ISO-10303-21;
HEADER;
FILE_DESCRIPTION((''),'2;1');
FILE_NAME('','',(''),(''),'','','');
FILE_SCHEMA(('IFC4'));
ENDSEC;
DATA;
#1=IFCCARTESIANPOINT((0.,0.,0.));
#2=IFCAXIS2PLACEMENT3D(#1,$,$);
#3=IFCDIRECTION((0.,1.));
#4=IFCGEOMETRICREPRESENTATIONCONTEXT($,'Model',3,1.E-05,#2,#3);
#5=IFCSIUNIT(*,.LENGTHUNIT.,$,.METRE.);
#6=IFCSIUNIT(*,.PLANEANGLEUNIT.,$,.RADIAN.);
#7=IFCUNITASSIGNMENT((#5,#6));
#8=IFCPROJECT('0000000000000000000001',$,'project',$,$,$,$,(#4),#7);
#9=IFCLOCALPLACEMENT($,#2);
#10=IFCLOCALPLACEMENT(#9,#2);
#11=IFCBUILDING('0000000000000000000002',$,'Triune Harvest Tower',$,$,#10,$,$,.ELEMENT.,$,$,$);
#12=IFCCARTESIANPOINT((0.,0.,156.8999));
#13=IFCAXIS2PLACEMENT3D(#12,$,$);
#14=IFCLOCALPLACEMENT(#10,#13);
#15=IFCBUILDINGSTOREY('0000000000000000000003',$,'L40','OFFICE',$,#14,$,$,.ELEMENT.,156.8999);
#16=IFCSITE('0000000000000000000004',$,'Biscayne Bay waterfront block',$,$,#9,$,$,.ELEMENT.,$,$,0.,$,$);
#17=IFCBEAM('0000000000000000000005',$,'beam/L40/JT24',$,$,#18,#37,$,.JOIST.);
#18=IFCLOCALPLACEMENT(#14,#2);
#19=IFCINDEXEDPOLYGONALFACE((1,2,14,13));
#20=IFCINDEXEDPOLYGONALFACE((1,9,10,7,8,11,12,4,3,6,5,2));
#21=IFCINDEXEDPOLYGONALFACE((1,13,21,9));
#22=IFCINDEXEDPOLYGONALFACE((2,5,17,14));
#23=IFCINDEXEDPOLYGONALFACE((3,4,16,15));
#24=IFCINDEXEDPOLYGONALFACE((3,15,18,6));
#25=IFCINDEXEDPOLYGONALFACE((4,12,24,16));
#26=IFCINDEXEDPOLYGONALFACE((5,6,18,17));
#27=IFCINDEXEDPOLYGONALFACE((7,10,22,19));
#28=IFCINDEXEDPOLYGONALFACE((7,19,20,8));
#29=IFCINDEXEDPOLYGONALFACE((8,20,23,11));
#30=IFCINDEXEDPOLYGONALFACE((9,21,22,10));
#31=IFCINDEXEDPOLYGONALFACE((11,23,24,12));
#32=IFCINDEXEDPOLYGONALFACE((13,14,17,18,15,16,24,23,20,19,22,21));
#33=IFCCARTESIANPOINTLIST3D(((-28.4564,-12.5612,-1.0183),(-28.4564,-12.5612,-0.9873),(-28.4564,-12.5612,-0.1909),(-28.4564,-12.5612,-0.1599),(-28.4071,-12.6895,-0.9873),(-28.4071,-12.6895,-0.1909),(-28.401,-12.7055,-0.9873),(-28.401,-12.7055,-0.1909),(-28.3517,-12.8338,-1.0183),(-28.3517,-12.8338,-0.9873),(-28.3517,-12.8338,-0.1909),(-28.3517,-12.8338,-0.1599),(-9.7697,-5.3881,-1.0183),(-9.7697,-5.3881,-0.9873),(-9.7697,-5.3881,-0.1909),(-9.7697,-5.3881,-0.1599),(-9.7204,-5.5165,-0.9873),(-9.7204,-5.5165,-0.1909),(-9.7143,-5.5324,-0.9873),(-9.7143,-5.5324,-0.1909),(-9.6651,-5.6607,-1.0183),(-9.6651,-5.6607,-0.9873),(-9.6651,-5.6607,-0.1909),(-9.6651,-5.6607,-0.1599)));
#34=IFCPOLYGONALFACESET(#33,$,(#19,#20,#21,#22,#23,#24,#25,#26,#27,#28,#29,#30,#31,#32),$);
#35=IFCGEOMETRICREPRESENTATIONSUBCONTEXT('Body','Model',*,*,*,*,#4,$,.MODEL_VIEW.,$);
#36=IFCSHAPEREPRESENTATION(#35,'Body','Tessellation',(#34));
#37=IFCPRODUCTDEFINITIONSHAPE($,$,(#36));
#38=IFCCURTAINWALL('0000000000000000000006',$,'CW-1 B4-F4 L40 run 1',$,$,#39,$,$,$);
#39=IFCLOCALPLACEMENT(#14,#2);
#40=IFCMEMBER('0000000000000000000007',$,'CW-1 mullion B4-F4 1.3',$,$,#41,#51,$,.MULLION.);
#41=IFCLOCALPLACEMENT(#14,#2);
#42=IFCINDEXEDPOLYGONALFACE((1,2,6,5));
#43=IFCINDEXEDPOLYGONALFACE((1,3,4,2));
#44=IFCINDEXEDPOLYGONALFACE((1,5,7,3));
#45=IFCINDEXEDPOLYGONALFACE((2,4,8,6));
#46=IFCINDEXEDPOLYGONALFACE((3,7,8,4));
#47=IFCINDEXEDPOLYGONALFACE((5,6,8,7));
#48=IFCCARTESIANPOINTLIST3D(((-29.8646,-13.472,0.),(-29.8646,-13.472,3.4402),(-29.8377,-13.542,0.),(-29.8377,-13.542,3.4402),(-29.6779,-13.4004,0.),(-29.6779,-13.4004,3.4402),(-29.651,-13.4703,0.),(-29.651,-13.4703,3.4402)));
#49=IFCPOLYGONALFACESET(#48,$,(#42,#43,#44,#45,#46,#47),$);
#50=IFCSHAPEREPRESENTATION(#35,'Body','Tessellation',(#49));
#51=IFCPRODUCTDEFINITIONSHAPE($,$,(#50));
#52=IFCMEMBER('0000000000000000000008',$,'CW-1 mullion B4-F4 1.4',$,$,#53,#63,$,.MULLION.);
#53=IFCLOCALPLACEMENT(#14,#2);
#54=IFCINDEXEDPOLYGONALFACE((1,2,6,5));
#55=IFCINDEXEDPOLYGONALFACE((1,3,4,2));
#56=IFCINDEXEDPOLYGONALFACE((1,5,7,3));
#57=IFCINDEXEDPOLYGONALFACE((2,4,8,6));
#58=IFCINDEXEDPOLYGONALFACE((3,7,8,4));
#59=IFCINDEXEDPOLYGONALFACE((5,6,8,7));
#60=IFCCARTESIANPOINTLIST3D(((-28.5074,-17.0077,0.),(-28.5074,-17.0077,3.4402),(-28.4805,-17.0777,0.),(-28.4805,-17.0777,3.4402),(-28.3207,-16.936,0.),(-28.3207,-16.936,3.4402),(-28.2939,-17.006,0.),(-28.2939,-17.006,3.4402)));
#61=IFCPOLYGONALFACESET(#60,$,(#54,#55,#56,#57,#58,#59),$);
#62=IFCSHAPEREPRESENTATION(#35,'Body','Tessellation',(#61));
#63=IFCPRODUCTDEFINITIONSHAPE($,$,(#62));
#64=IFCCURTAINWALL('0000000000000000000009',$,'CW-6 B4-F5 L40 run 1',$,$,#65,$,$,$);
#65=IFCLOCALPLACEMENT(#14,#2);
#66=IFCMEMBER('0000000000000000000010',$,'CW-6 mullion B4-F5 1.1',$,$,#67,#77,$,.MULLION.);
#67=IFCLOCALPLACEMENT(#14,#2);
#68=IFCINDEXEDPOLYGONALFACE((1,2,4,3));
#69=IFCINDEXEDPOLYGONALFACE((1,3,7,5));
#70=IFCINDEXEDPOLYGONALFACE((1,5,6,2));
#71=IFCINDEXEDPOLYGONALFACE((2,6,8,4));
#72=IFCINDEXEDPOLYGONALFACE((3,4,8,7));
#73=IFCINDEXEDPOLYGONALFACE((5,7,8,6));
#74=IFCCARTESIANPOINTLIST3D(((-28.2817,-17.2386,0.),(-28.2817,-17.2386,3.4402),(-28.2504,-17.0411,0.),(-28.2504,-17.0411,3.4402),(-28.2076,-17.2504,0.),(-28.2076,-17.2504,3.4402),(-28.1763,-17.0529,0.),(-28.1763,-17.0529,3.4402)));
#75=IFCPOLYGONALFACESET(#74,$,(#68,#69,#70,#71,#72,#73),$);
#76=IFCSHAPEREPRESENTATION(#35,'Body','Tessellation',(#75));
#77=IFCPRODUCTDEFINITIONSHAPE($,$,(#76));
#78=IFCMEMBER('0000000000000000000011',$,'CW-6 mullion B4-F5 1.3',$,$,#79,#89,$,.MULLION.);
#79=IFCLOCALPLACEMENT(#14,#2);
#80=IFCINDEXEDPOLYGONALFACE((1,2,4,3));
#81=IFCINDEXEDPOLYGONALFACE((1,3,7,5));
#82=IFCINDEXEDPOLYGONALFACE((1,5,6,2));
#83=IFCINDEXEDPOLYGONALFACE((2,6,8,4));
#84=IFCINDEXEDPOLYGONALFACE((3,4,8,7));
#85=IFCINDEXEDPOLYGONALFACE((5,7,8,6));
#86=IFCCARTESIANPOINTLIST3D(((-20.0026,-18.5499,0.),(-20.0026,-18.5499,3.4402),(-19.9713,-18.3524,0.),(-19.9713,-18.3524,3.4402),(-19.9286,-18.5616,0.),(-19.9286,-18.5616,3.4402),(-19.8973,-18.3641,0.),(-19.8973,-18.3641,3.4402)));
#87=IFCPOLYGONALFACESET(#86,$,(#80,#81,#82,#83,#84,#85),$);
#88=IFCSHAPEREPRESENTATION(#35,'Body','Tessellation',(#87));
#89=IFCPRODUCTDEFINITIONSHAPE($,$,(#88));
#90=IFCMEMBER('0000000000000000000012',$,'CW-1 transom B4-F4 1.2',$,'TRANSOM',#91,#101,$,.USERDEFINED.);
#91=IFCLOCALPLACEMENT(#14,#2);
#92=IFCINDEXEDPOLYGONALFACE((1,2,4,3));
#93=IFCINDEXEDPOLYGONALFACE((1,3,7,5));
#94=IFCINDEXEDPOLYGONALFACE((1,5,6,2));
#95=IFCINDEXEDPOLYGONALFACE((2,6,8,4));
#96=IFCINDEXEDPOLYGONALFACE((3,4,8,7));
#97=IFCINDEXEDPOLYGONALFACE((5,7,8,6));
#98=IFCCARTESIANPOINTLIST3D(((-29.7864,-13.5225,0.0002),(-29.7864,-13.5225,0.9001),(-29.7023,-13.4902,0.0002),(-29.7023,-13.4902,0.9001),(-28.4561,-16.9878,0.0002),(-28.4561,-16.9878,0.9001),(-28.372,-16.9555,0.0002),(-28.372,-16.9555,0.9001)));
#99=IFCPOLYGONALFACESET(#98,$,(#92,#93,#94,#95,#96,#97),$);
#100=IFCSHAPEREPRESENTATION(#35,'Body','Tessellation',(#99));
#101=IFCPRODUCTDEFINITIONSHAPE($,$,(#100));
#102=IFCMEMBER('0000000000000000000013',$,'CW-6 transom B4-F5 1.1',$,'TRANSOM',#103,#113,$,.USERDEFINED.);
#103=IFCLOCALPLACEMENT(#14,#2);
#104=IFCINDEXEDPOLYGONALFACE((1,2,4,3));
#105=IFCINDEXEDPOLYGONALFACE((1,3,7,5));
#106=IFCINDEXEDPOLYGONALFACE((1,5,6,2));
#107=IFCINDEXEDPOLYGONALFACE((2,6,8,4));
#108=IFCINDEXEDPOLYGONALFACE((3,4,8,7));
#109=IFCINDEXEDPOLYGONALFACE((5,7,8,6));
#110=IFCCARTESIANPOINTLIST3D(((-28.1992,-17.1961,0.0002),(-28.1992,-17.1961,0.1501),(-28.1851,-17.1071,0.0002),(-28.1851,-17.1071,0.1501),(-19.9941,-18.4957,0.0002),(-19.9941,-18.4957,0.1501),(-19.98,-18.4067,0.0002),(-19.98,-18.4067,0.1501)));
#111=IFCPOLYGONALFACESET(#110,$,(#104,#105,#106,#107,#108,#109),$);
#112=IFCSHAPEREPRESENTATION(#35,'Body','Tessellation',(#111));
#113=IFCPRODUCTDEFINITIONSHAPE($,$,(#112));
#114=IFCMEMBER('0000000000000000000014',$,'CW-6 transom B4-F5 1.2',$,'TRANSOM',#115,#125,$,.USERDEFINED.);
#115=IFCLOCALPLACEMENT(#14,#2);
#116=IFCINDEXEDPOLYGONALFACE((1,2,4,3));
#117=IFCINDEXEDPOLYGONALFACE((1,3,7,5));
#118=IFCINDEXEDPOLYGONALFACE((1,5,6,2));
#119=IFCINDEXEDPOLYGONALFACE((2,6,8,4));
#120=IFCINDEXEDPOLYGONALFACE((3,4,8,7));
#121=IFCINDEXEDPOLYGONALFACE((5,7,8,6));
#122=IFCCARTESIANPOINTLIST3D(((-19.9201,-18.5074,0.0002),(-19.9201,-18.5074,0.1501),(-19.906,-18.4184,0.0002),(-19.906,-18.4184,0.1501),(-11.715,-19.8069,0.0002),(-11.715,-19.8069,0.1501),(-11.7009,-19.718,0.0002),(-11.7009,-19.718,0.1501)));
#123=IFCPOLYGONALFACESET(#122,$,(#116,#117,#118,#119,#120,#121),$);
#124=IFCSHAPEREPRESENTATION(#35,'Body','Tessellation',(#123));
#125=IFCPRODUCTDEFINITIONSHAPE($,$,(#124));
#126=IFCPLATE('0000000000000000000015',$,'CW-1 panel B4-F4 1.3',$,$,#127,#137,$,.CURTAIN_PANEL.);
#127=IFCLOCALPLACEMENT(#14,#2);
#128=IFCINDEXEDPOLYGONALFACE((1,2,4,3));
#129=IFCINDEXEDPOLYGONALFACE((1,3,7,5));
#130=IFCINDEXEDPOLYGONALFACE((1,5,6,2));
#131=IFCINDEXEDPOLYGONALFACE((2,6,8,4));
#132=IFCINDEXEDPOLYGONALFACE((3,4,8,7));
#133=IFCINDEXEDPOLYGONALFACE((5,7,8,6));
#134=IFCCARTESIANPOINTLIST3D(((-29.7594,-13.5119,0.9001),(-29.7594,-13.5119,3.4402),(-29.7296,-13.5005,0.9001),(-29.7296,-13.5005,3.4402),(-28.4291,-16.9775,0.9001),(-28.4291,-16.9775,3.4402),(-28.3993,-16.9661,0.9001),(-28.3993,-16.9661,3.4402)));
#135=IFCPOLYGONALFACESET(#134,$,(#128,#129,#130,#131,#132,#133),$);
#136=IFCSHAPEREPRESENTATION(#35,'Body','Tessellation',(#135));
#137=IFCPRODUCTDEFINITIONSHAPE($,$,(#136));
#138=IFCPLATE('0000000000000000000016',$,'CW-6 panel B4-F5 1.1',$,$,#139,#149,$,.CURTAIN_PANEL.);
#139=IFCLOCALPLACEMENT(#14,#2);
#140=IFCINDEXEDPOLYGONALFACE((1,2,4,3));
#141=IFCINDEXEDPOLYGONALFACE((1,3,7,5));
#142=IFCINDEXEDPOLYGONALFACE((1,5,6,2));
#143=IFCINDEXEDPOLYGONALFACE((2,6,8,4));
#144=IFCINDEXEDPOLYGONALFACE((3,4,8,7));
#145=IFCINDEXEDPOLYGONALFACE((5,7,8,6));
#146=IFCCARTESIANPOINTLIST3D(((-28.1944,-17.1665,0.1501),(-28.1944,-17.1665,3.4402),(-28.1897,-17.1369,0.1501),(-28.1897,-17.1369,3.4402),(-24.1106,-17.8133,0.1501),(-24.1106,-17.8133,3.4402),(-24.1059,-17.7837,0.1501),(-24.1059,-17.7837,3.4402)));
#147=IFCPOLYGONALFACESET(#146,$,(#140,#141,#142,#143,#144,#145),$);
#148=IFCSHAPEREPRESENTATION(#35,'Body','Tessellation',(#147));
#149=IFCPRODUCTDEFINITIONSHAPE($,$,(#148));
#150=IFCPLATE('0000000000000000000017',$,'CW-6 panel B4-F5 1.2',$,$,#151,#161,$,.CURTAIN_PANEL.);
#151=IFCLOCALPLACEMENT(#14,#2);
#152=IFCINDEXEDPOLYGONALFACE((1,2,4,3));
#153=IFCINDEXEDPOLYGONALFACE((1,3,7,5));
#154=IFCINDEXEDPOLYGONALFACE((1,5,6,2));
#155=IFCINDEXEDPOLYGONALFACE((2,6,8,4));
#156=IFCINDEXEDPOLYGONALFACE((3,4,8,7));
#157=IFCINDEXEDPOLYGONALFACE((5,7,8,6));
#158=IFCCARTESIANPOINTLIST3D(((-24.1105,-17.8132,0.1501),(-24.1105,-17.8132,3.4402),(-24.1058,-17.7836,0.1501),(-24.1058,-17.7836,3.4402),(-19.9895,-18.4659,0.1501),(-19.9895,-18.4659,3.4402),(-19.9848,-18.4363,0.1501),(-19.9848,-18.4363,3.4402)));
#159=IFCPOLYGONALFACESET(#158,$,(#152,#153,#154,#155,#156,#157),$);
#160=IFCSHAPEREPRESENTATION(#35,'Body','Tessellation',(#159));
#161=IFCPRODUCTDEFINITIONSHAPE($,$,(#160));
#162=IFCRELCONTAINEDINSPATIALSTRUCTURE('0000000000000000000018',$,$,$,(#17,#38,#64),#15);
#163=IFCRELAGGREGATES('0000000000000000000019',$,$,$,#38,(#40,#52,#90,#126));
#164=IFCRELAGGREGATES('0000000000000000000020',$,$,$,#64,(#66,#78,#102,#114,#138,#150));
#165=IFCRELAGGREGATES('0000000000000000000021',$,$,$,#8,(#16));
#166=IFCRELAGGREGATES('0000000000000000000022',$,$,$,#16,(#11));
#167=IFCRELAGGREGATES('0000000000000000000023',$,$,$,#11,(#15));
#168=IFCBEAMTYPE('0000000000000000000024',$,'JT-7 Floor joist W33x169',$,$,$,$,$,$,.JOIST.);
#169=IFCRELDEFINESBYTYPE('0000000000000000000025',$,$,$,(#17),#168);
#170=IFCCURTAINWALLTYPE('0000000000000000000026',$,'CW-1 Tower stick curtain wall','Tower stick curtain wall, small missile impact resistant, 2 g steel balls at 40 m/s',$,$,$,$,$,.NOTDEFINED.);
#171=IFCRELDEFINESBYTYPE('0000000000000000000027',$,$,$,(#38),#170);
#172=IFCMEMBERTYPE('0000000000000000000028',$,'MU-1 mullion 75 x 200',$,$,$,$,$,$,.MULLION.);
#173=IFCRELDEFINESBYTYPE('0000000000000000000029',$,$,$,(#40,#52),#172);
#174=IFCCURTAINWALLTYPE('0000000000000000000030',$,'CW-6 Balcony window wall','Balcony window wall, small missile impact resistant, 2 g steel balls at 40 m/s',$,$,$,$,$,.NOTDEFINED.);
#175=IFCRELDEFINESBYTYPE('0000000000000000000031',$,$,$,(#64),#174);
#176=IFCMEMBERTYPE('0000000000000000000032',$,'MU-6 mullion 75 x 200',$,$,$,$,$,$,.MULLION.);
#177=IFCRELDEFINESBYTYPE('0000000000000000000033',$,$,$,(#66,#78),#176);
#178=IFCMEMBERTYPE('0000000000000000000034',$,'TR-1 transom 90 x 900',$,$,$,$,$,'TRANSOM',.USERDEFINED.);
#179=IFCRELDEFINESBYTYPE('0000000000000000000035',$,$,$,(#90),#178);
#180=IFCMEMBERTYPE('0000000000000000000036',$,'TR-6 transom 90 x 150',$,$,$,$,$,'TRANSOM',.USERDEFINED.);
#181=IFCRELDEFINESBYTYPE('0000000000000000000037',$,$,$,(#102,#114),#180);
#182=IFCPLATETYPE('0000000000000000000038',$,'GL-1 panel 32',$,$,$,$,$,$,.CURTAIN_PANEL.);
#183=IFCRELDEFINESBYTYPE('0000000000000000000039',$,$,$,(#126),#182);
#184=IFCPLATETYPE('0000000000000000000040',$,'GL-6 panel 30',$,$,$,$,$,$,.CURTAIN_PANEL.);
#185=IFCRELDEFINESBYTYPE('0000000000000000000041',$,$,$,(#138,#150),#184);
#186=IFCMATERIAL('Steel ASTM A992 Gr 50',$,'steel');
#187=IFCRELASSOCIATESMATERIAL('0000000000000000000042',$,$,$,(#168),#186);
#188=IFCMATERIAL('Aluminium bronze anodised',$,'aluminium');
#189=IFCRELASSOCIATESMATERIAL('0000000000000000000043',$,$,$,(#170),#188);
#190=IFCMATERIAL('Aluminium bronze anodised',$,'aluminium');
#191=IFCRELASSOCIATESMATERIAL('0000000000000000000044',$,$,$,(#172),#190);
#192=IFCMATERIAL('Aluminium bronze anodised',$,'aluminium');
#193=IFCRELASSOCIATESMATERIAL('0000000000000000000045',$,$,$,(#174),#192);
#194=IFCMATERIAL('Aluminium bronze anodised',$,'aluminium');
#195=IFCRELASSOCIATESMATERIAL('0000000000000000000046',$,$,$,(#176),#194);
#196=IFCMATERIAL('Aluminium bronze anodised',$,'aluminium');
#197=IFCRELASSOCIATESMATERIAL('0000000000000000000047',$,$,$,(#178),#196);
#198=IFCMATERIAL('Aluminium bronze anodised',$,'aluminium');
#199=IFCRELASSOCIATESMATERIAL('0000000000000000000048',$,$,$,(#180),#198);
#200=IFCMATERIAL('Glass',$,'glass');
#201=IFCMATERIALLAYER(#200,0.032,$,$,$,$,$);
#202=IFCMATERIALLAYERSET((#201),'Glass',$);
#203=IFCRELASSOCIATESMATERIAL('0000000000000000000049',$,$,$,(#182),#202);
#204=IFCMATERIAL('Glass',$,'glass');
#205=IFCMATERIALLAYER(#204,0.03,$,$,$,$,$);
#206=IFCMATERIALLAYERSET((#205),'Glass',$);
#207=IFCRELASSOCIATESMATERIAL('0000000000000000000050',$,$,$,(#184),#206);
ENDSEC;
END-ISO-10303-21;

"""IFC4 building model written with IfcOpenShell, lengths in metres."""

from ifc_helpers import new_model, si_unit, direction, frame, origin, origin_2d, place, context, subcontext, project, spatial, rectangle, i_section, extrude, source, transform, mapped, material, layer, layer_set, material_profile, profile_set, type_object, element, aggregate, save


model = new_model("IFC4")

# Units and contexts
model_context = context("Model", 3, precision=1e-05, world=origin(), true_north=direction((0.0, 1.0)))
body_context = subcontext(model_context, "Body", "Model", "MODEL_VIEW")
ifc_project = project(units=[si_unit("LENGTHUNIT", "METRE"), si_unit("PLANEANGLEUNIT", "RADIAN")], contexts=[model_context])

# Site, building, storey
site_placement = place(None, origin())
site = spatial("IfcSite", under=ifc_project, at=site_placement, Name="Biscayne Bay waterfront block", CompositionType="ELEMENT", RefElevation=0.0)
building_placement = place(site_placement, origin())
building = spatial("IfcBuilding", under=site, at=building_placement, Name="Triune Harvest Tower", CompositionType="ELEMENT")
storey_placement = place(building_placement, frame((0.0, 0.0, 156.8999)))
storey = spatial("IfcBuildingStorey", under=building, at=storey_placement, Name="L40", Description="OFFICE", CompositionType="ELEMENT", Elevation=156.8999)

# Beam
ifc_material_1 = material(Name="Steel ASTM A992 Gr 50", Category="steel")
ifc_material_profile_1 = material_profile(ifc_material_1, i_section(OverallWidth=0.292, OverallDepth=0.8584, WebThickness=0.0171, FlangeThickness=0.031, at=origin_2d()), Name="W33x169")
ifc_profile_set_1 = profile_set([ifc_material_profile_1], Name="Steel ASTM A992 Gr 50")
beam_type_1 = type_object("IfcBeamType", Name="JT-7 Floor joist W33x169", PredefinedType="JOIST", material=ifc_profile_set_1)
shared_shape_1 = source(origin(), body_context, "Body", "SweptSolid", [
    extrude(i_section(OverallWidth=0.292, OverallDepth=0.8584, WebThickness=0.0171, FlangeThickness=0.031, at=origin_2d()), origin(), (0.0, 0.0, 1.0), 20.0161),
])
beam_1_placement = place(storey_placement, frame((-28.4041, -12.6975, -0.5891), z_axis=(0.933582, 0.358364, 0.0), x_axis=(-0.358364, 0.933582, 0.0)))
element("IfcBeam", 1, at=beam_1_placement, inside=storey, type_object=beam_type_1, Name="beam/L40/JT24", PredefinedType="JOIST", context=body_context, shape_type="MappedRepresentation", body=[
    mapped(shared_shape_1, transform((0.0, 0.0, 0.0), scale=1.0)),
])

# Curtain walls, members
ifc_material_2 = material(Name="Aluminium bronze anodised", Category="aluminium")
curtain_wall_type_1 = type_object("IfcCurtainWallType", Name="CW-1 Tower stick curtain wall", Description="Tower stick curtain wall, small missile impact resistant, 2 g steel balls at 40 m/s", PredefinedType="NOTDEFINED", material=ifc_material_2)
curtain_wall_1_placement = place(storey_placement, origin())
curtain_wall_1 = element("IfcCurtainWall", 2, at=curtain_wall_1_placement, inside=storey, type_object=curtain_wall_type_1, Name="CW-1 B4-F4 L40 run 1")
ifc_material_3 = material(Name="Aluminium bronze anodised", Category="aluminium")
ifc_material_profile_2 = material_profile(ifc_material_3, rectangle(XDim=0.2, YDim=0.075, at=origin_2d()), Name="MU-1 mullion 75 x 200")
ifc_profile_set_2 = profile_set([ifc_material_profile_2], Name="Aluminium bronze anodised")
member_type_1 = type_object("IfcMemberType", Name="MU-1 mullion 75 x 200", PredefinedType="MULLION", material=ifc_profile_set_2)
shared_shape_2 = source(origin(), body_context, "Body", "SweptSolid", [
    extrude(rectangle(XDim=0.2, YDim=0.075, at=origin_2d()), origin(), (0.0, 0.0, 1.0), 3.4402),
])
member_1_placement = place(storey_placement, frame((-29.7578, -13.4712, 0.0), z_axis=(0.0, 0.0, 1.0), x_axis=(0.93358, 0.358369, 0.0)))
member_1 = element("IfcMember", 3, at=member_1_placement, type_object=member_type_1, Name="CW-1 mullion B4-F4 1.3", PredefinedType="MULLION", context=body_context, shape_type="MappedRepresentation", body=[
    mapped(shared_shape_2, transform((0.0, 0.0, 0.0), scale=1.0)),
])
member_2_placement = place(storey_placement, frame((-28.4006, -17.0068, 0.0), z_axis=(0.0, 0.0, 1.0), x_axis=(0.93358, 0.358369, 0.0)))
member_2 = element("IfcMember", 4, at=member_2_placement, type_object=member_type_1, Name="CW-1 mullion B4-F4 1.4", PredefinedType="MULLION", context=body_context, shape_type="MappedRepresentation", body=[
    mapped(shared_shape_2, transform((0.0, 0.0, 0.0), scale=1.0)),
])
ifc_material_4 = material(Name="Aluminium bronze anodised", Category="aluminium")
curtain_wall_type_2 = type_object("IfcCurtainWallType", Name="CW-6 Balcony window wall", Description="Balcony window wall, small missile impact resistant, 2 g steel balls at 40 m/s", PredefinedType="NOTDEFINED", material=ifc_material_4)
curtain_wall_2_placement = place(storey_placement, origin())
curtain_wall_2 = element("IfcCurtainWall", 5, at=curtain_wall_2_placement, inside=storey, type_object=curtain_wall_type_2, Name="CW-6 B4-F5 L40 run 1")
ifc_material_5 = material(Name="Aluminium bronze anodised", Category="aluminium")
ifc_material_profile_3 = material_profile(ifc_material_5, rectangle(XDim=0.2, YDim=0.075, at=origin_2d()), Name="MU-6 mullion 75 x 200")
ifc_profile_set_3 = profile_set([ifc_material_profile_3], Name="Aluminium bronze anodised")
member_type_2 = type_object("IfcMemberType", Name="MU-6 mullion 75 x 200", PredefinedType="MULLION", material=ifc_profile_set_3)
shared_shape_3 = source(origin(), body_context, "Body", "SweptSolid", [
    extrude(rectangle(XDim=0.2, YDim=0.075, at=origin_2d()), origin(), (0.0, 0.0, 1.0), 3.4402),
])
member_3_placement = place(storey_placement, frame((-28.229, -17.1458, 0.0), z_axis=(0.0, 0.0, 1.0), x_axis=(0.156437, 0.987688, 0.0)))
member_3 = element("IfcMember", 6, at=member_3_placement, type_object=member_type_2, Name="CW-6 mullion B4-F5 1.1", PredefinedType="MULLION", context=body_context, shape_type="MappedRepresentation", body=[
    mapped(shared_shape_3, transform((0.0, 0.0, 0.0), scale=1.0)),
])
member_4_placement = place(storey_placement, frame((-19.95, -18.457, 0.0), z_axis=(0.0, 0.0, 1.0), x_axis=(0.156437, 0.987688, 0.0)))
member_4 = element("IfcMember", 7, at=member_4_placement, type_object=member_type_2, Name="CW-6 mullion B4-F5 1.3", PredefinedType="MULLION", context=body_context, shape_type="MappedRepresentation", body=[
    mapped(shared_shape_3, transform((0.0, 0.0, 0.0), scale=1.0)),
])

# Members
ifc_material_6 = material(Name="Aluminium bronze anodised", Category="aluminium")
ifc_material_profile_4 = material_profile(ifc_material_6, rectangle(XDim=0.0901, YDim=0.8999, at=origin_2d()), Name="TR-1 transom 90 x 900")
ifc_profile_set_4 = profile_set([ifc_material_profile_4], Name="Aluminium bronze anodised")
member_type_3 = type_object("IfcMemberType", Name="TR-1 transom 90 x 900", ElementType="TRANSOM", PredefinedType="USERDEFINED", material=ifc_profile_set_4)
shared_shape_4 = source(origin(), body_context, "Body", "SweptSolid", [
    extrude(rectangle(XDim=0.0901, YDim=0.8999, at=origin_2d()), origin(), (0.0, 0.0, 1.0), 3.7119),
])
member_5_placement = place(storey_placement, frame((-29.7444, -13.5063, 0.4502), z_axis=(0.358393, -0.933571, 0.0), x_axis=(0.933571, 0.358393, 0.0)))
member_5 = element("IfcMember", 8, at=member_5_placement, type_object=member_type_3, Name="CW-1 transom B4-F4 1.2", ObjectType="TRANSOM", PredefinedType="USERDEFINED", context=body_context, shape_type="MappedRepresentation", body=[
    mapped(shared_shape_4, transform((0.0, 0.0, 0.0), scale=1.0)),
])
ifc_material_7 = material(Name="Aluminium bronze anodised", Category="aluminium")
ifc_material_profile_5 = material_profile(ifc_material_7, rectangle(XDim=0.0901, YDim=0.1499, at=origin_2d()), Name="TR-6 transom 90 x 150")
ifc_profile_set_5 = profile_set([ifc_material_profile_5], Name="Aluminium bronze anodised")
member_type_4 = type_object("IfcMemberType", Name="TR-6 transom 90 x 150", ElementType="TRANSOM", PredefinedType="USERDEFINED", material=ifc_profile_set_5)
shared_shape_5 = source(origin(), body_context, "Body", "SweptSolid", [
    extrude(rectangle(XDim=0.0901, YDim=0.1499, at=origin_2d()), origin(), (0.0, 0.0, 1.0), 8.3074),
])
member_6_placement = place(storey_placement, frame((-28.1921, -17.1516, 0.0752), z_axis=(0.987688, -0.156435, 0.0), x_axis=(0.156435, 0.987688, 0.0)))
member_6 = element("IfcMember", 9, at=member_6_placement, type_object=member_type_4, Name="CW-6 transom B4-F5 1.1", ObjectType="TRANSOM", PredefinedType="USERDEFINED", context=body_context, shape_type="MappedRepresentation", body=[
    mapped(shared_shape_5, transform((0.0, 0.0, 0.0), scale=1.0)),
])
member_7_placement = place(storey_placement, frame((-19.9131, -18.4629, 0.0752), z_axis=(0.987688, -0.156435, 0.0), x_axis=(0.156435, 0.987688, 0.0)))
member_7 = element("IfcMember", 10, at=member_7_placement, type_object=member_type_4, Name="CW-6 transom B4-F5 1.2", ObjectType="TRANSOM", PredefinedType="USERDEFINED", context=body_context, shape_type="MappedRepresentation", body=[
    mapped(shared_shape_5, transform((0.0, 0.0, 0.0), scale=1.0)),
])

# Plates
ifc_material_8 = material(Name="Glass", Category="glass")
ifc_layer_1 = layer(ifc_material_8, 0.032)
ifc_layer_set_1 = layer_set([ifc_layer_1], Name="Glass")
plate_type_1 = type_object("IfcPlateType", Name="GL-1 panel 32", PredefinedType="CURTAIN_PANEL", material=ifc_layer_set_1)
shared_shape_6 = source(origin(), body_context, "Body", "SweptSolid", [
    extrude(rectangle(XDim=3.7122, YDim=0.032, at=origin_2d()), origin(), (0.0, 0.0, 1.0), 2.54),
])
plate_1_placement = place(storey_placement, frame((-29.0793, -15.239, 0.9001), z_axis=(0.0, 0.0, 1.0), x_axis=(0.358369, -0.93358, 0.0)))
plate_1 = element("IfcPlate", 11, at=plate_1_placement, type_object=plate_type_1, Name="CW-1 panel B4-F4 1.3", PredefinedType="CURTAIN_PANEL", context=body_context, shape_type="MappedRepresentation", body=[
    mapped(shared_shape_6, transform((0.0, 0.0, 0.0), scale=1.0)),
])
aggregate(curtain_wall_1, [member_1, member_2, member_5, plate_1])
ifc_material_9 = material(Name="Glass", Category="glass")
ifc_layer_2 = layer(ifc_material_9, 0.03)
ifc_layer_set_2 = layer_set([ifc_layer_2], Name="Glass")
plate_type_2 = type_object("IfcPlateType", Name="GL-6 panel 30", PredefinedType="CURTAIN_PANEL", material=ifc_layer_set_2)
shared_shape_7 = source(origin(), body_context, "Body", "SweptSolid", [
    extrude(rectangle(XDim=4.1348, YDim=0.03, at=origin_2d()), origin(), (0.0, 0.0, 1.0), 3.29),
])
plate_2_placement = place(storey_placement, frame((-26.1501, -17.4751, 0.1501), z_axis=(0.0, 0.0, 1.0), x_axis=(0.987688, -0.156437, 0.0)))
plate_2 = element("IfcPlate", 12, at=plate_2_placement, type_object=plate_type_2, Name="CW-6 panel B4-F5 1.1", PredefinedType="CURTAIN_PANEL", context=body_context, shape_type="MappedRepresentation", body=[
    mapped(shared_shape_7, transform((0.0, 0.0, 0.0), scale=1.0)),
])
shared_shape_8 = source(origin(), body_context, "Body", "SweptSolid", [
    extrude(rectangle(XDim=4.1724, YDim=0.03, at=origin_2d()), origin(), (0.0, 0.0, 1.0), 3.29),
])
plate_3_placement = place(storey_placement, frame((-22.0476, -18.1248, 0.1501), z_axis=(0.0, 0.0, 1.0), x_axis=(0.987688, -0.156437, 0.0)))
plate_3 = element("IfcPlate", 13, at=plate_3_placement, type_object=plate_type_2, Name="CW-6 panel B4-F5 1.2", PredefinedType="CURTAIN_PANEL", context=body_context, shape_type="MappedRepresentation", body=[
    mapped(shared_shape_8, transform((0.0, 0.0, 0.0), scale=1.0)),
])
aggregate(curtain_wall_2, [member_3, member_4, member_6, member_7, plate_2, plate_3])

save(model, "model.ifc")
